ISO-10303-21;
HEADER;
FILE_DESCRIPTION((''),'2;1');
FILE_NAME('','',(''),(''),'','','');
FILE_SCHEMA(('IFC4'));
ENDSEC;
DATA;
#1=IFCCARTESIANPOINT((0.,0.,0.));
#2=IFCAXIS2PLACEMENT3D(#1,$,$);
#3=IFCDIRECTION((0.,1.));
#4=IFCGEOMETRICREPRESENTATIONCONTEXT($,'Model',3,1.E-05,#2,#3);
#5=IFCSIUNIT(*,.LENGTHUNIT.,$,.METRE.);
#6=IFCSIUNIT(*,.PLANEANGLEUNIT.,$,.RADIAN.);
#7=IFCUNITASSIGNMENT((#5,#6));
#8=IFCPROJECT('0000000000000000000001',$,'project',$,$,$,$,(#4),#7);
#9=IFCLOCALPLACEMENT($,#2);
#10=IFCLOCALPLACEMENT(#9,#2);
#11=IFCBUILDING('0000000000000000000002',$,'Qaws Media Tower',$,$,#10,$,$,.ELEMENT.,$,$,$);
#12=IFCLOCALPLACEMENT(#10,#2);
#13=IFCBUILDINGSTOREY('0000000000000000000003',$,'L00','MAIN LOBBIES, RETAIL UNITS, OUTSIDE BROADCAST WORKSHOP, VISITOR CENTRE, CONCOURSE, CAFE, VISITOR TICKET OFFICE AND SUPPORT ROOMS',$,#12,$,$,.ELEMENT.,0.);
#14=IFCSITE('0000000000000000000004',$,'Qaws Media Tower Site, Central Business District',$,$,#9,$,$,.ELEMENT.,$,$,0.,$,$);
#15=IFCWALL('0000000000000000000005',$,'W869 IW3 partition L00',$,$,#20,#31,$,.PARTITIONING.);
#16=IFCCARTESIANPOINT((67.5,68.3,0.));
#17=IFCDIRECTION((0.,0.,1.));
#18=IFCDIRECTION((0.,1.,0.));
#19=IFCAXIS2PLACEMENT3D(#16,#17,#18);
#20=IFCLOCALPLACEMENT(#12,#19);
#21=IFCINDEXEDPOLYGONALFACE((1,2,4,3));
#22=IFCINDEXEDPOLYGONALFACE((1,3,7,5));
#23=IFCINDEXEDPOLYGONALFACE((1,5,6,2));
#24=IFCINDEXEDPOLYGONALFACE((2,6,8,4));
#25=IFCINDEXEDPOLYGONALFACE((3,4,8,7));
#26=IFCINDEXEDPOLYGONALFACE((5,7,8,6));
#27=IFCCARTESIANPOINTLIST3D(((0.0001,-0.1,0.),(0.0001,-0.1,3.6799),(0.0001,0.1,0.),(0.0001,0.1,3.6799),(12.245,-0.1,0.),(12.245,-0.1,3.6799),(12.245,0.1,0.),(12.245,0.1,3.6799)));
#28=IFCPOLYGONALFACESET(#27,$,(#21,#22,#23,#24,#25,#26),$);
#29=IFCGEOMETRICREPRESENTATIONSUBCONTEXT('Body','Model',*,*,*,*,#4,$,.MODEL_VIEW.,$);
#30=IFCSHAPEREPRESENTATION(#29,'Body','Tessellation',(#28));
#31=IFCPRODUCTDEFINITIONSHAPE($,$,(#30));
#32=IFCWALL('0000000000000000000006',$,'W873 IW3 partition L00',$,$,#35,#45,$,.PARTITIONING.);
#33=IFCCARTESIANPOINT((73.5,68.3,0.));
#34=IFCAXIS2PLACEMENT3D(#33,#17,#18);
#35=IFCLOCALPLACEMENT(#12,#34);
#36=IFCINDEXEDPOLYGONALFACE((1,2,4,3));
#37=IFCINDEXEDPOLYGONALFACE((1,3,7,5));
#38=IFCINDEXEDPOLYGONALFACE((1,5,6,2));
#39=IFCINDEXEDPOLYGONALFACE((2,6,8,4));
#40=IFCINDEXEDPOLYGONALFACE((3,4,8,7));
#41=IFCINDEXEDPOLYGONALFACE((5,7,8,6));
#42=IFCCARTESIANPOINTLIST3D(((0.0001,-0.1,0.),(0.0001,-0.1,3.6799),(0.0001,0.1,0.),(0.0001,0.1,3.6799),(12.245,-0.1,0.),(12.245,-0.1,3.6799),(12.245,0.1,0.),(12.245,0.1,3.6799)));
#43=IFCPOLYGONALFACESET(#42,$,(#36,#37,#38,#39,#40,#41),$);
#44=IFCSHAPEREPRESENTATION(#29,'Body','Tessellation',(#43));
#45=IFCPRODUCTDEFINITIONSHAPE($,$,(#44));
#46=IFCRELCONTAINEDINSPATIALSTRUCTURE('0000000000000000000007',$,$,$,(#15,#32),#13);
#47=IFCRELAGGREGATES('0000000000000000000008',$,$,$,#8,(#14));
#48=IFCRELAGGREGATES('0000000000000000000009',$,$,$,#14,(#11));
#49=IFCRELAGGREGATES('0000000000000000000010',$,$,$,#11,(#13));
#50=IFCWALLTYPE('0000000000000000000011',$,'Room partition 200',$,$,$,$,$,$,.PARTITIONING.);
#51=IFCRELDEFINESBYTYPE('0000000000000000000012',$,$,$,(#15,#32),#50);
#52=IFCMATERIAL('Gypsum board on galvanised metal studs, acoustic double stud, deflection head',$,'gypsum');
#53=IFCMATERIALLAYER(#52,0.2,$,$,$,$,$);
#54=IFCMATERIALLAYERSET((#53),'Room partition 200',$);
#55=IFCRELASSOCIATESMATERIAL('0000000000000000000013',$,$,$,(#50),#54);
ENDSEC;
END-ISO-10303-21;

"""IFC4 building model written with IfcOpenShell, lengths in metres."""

from ifc_helpers import new_model, si_unit, direction, frame, frame_2d, origin, place, context, subcontext, project, spatial, rectangle, extrude, material, layer, layer_set, type_object, element, save


model = new_model("IFC4")

# Units and contexts
model_context = context("Model", 3, precision=1e-05, world=origin(), true_north=direction((0.0, 1.0)))
body_context = subcontext(model_context, "Body", "Model", "MODEL_VIEW")
ifc_project = project(units=[si_unit("LENGTHUNIT", "METRE"), si_unit("PLANEANGLEUNIT", "RADIAN")], contexts=[model_context])

# Site, building, storey
site_placement = place(None, origin())
site = spatial("IfcSite", under=ifc_project, at=site_placement, Name="Qaws Media Tower Site, Central Business District", CompositionType="ELEMENT", RefElevation=0.0)
building_placement = place(site_placement, origin())
building = spatial("IfcBuilding", under=site, at=building_placement, Name="Qaws Media Tower", CompositionType="ELEMENT")
storey_placement = place(building_placement, origin())
storey = spatial("IfcBuildingStorey", under=building, at=storey_placement, Name="L00", Description="MAIN LOBBIES, RETAIL UNITS, OUTSIDE BROADCAST WORKSHOP, VISITOR CENTRE, CONCOURSE, CAFE, VISITOR TICKET OFFICE AND SUPPORT ROOMS", CompositionType="ELEMENT", Elevation=0.0)

# Walls
ifc_material_1 = material(Name="Gypsum board on galvanised metal studs, acoustic double stud, deflection head", Category="gypsum")
ifc_layer = layer(ifc_material_1, 0.2)
ifc_layer_set = layer_set([ifc_layer], Name="Room partition 200")
wall_type = type_object("IfcWallType", Name="Room partition 200", PredefinedType="PARTITIONING", material=ifc_layer_set)
for number, where, z_axis, x_axis, name in (
    (1, (67.5, 68.3, 0.0), (0.0, 0.0, 1.0), (0.0, 1.0, 0.0), "W869 IW3 partition L00"),
    (2, (73.5, 68.3, 0.0), (0.0, 0.0, 1.0), (0.0, 1.0, 0.0), "W873 IW3 partition L00"),
):
    element("IfcWall", number, at=place(storey_placement, frame(where, z_axis=z_axis, x_axis=x_axis)), inside=storey, type_object=wall_type, Name=name, PredefinedType="PARTITIONING", context=body_context, shape_type="SweptSolid", body=[
        extrude(rectangle(XDim=12.2449, YDim=0.2, at=frame_2d((6.1226, 0.0))), origin(), (0.0, 0.0, 1.0), 3.6799),
    ])

save(model, "model.ifc")
